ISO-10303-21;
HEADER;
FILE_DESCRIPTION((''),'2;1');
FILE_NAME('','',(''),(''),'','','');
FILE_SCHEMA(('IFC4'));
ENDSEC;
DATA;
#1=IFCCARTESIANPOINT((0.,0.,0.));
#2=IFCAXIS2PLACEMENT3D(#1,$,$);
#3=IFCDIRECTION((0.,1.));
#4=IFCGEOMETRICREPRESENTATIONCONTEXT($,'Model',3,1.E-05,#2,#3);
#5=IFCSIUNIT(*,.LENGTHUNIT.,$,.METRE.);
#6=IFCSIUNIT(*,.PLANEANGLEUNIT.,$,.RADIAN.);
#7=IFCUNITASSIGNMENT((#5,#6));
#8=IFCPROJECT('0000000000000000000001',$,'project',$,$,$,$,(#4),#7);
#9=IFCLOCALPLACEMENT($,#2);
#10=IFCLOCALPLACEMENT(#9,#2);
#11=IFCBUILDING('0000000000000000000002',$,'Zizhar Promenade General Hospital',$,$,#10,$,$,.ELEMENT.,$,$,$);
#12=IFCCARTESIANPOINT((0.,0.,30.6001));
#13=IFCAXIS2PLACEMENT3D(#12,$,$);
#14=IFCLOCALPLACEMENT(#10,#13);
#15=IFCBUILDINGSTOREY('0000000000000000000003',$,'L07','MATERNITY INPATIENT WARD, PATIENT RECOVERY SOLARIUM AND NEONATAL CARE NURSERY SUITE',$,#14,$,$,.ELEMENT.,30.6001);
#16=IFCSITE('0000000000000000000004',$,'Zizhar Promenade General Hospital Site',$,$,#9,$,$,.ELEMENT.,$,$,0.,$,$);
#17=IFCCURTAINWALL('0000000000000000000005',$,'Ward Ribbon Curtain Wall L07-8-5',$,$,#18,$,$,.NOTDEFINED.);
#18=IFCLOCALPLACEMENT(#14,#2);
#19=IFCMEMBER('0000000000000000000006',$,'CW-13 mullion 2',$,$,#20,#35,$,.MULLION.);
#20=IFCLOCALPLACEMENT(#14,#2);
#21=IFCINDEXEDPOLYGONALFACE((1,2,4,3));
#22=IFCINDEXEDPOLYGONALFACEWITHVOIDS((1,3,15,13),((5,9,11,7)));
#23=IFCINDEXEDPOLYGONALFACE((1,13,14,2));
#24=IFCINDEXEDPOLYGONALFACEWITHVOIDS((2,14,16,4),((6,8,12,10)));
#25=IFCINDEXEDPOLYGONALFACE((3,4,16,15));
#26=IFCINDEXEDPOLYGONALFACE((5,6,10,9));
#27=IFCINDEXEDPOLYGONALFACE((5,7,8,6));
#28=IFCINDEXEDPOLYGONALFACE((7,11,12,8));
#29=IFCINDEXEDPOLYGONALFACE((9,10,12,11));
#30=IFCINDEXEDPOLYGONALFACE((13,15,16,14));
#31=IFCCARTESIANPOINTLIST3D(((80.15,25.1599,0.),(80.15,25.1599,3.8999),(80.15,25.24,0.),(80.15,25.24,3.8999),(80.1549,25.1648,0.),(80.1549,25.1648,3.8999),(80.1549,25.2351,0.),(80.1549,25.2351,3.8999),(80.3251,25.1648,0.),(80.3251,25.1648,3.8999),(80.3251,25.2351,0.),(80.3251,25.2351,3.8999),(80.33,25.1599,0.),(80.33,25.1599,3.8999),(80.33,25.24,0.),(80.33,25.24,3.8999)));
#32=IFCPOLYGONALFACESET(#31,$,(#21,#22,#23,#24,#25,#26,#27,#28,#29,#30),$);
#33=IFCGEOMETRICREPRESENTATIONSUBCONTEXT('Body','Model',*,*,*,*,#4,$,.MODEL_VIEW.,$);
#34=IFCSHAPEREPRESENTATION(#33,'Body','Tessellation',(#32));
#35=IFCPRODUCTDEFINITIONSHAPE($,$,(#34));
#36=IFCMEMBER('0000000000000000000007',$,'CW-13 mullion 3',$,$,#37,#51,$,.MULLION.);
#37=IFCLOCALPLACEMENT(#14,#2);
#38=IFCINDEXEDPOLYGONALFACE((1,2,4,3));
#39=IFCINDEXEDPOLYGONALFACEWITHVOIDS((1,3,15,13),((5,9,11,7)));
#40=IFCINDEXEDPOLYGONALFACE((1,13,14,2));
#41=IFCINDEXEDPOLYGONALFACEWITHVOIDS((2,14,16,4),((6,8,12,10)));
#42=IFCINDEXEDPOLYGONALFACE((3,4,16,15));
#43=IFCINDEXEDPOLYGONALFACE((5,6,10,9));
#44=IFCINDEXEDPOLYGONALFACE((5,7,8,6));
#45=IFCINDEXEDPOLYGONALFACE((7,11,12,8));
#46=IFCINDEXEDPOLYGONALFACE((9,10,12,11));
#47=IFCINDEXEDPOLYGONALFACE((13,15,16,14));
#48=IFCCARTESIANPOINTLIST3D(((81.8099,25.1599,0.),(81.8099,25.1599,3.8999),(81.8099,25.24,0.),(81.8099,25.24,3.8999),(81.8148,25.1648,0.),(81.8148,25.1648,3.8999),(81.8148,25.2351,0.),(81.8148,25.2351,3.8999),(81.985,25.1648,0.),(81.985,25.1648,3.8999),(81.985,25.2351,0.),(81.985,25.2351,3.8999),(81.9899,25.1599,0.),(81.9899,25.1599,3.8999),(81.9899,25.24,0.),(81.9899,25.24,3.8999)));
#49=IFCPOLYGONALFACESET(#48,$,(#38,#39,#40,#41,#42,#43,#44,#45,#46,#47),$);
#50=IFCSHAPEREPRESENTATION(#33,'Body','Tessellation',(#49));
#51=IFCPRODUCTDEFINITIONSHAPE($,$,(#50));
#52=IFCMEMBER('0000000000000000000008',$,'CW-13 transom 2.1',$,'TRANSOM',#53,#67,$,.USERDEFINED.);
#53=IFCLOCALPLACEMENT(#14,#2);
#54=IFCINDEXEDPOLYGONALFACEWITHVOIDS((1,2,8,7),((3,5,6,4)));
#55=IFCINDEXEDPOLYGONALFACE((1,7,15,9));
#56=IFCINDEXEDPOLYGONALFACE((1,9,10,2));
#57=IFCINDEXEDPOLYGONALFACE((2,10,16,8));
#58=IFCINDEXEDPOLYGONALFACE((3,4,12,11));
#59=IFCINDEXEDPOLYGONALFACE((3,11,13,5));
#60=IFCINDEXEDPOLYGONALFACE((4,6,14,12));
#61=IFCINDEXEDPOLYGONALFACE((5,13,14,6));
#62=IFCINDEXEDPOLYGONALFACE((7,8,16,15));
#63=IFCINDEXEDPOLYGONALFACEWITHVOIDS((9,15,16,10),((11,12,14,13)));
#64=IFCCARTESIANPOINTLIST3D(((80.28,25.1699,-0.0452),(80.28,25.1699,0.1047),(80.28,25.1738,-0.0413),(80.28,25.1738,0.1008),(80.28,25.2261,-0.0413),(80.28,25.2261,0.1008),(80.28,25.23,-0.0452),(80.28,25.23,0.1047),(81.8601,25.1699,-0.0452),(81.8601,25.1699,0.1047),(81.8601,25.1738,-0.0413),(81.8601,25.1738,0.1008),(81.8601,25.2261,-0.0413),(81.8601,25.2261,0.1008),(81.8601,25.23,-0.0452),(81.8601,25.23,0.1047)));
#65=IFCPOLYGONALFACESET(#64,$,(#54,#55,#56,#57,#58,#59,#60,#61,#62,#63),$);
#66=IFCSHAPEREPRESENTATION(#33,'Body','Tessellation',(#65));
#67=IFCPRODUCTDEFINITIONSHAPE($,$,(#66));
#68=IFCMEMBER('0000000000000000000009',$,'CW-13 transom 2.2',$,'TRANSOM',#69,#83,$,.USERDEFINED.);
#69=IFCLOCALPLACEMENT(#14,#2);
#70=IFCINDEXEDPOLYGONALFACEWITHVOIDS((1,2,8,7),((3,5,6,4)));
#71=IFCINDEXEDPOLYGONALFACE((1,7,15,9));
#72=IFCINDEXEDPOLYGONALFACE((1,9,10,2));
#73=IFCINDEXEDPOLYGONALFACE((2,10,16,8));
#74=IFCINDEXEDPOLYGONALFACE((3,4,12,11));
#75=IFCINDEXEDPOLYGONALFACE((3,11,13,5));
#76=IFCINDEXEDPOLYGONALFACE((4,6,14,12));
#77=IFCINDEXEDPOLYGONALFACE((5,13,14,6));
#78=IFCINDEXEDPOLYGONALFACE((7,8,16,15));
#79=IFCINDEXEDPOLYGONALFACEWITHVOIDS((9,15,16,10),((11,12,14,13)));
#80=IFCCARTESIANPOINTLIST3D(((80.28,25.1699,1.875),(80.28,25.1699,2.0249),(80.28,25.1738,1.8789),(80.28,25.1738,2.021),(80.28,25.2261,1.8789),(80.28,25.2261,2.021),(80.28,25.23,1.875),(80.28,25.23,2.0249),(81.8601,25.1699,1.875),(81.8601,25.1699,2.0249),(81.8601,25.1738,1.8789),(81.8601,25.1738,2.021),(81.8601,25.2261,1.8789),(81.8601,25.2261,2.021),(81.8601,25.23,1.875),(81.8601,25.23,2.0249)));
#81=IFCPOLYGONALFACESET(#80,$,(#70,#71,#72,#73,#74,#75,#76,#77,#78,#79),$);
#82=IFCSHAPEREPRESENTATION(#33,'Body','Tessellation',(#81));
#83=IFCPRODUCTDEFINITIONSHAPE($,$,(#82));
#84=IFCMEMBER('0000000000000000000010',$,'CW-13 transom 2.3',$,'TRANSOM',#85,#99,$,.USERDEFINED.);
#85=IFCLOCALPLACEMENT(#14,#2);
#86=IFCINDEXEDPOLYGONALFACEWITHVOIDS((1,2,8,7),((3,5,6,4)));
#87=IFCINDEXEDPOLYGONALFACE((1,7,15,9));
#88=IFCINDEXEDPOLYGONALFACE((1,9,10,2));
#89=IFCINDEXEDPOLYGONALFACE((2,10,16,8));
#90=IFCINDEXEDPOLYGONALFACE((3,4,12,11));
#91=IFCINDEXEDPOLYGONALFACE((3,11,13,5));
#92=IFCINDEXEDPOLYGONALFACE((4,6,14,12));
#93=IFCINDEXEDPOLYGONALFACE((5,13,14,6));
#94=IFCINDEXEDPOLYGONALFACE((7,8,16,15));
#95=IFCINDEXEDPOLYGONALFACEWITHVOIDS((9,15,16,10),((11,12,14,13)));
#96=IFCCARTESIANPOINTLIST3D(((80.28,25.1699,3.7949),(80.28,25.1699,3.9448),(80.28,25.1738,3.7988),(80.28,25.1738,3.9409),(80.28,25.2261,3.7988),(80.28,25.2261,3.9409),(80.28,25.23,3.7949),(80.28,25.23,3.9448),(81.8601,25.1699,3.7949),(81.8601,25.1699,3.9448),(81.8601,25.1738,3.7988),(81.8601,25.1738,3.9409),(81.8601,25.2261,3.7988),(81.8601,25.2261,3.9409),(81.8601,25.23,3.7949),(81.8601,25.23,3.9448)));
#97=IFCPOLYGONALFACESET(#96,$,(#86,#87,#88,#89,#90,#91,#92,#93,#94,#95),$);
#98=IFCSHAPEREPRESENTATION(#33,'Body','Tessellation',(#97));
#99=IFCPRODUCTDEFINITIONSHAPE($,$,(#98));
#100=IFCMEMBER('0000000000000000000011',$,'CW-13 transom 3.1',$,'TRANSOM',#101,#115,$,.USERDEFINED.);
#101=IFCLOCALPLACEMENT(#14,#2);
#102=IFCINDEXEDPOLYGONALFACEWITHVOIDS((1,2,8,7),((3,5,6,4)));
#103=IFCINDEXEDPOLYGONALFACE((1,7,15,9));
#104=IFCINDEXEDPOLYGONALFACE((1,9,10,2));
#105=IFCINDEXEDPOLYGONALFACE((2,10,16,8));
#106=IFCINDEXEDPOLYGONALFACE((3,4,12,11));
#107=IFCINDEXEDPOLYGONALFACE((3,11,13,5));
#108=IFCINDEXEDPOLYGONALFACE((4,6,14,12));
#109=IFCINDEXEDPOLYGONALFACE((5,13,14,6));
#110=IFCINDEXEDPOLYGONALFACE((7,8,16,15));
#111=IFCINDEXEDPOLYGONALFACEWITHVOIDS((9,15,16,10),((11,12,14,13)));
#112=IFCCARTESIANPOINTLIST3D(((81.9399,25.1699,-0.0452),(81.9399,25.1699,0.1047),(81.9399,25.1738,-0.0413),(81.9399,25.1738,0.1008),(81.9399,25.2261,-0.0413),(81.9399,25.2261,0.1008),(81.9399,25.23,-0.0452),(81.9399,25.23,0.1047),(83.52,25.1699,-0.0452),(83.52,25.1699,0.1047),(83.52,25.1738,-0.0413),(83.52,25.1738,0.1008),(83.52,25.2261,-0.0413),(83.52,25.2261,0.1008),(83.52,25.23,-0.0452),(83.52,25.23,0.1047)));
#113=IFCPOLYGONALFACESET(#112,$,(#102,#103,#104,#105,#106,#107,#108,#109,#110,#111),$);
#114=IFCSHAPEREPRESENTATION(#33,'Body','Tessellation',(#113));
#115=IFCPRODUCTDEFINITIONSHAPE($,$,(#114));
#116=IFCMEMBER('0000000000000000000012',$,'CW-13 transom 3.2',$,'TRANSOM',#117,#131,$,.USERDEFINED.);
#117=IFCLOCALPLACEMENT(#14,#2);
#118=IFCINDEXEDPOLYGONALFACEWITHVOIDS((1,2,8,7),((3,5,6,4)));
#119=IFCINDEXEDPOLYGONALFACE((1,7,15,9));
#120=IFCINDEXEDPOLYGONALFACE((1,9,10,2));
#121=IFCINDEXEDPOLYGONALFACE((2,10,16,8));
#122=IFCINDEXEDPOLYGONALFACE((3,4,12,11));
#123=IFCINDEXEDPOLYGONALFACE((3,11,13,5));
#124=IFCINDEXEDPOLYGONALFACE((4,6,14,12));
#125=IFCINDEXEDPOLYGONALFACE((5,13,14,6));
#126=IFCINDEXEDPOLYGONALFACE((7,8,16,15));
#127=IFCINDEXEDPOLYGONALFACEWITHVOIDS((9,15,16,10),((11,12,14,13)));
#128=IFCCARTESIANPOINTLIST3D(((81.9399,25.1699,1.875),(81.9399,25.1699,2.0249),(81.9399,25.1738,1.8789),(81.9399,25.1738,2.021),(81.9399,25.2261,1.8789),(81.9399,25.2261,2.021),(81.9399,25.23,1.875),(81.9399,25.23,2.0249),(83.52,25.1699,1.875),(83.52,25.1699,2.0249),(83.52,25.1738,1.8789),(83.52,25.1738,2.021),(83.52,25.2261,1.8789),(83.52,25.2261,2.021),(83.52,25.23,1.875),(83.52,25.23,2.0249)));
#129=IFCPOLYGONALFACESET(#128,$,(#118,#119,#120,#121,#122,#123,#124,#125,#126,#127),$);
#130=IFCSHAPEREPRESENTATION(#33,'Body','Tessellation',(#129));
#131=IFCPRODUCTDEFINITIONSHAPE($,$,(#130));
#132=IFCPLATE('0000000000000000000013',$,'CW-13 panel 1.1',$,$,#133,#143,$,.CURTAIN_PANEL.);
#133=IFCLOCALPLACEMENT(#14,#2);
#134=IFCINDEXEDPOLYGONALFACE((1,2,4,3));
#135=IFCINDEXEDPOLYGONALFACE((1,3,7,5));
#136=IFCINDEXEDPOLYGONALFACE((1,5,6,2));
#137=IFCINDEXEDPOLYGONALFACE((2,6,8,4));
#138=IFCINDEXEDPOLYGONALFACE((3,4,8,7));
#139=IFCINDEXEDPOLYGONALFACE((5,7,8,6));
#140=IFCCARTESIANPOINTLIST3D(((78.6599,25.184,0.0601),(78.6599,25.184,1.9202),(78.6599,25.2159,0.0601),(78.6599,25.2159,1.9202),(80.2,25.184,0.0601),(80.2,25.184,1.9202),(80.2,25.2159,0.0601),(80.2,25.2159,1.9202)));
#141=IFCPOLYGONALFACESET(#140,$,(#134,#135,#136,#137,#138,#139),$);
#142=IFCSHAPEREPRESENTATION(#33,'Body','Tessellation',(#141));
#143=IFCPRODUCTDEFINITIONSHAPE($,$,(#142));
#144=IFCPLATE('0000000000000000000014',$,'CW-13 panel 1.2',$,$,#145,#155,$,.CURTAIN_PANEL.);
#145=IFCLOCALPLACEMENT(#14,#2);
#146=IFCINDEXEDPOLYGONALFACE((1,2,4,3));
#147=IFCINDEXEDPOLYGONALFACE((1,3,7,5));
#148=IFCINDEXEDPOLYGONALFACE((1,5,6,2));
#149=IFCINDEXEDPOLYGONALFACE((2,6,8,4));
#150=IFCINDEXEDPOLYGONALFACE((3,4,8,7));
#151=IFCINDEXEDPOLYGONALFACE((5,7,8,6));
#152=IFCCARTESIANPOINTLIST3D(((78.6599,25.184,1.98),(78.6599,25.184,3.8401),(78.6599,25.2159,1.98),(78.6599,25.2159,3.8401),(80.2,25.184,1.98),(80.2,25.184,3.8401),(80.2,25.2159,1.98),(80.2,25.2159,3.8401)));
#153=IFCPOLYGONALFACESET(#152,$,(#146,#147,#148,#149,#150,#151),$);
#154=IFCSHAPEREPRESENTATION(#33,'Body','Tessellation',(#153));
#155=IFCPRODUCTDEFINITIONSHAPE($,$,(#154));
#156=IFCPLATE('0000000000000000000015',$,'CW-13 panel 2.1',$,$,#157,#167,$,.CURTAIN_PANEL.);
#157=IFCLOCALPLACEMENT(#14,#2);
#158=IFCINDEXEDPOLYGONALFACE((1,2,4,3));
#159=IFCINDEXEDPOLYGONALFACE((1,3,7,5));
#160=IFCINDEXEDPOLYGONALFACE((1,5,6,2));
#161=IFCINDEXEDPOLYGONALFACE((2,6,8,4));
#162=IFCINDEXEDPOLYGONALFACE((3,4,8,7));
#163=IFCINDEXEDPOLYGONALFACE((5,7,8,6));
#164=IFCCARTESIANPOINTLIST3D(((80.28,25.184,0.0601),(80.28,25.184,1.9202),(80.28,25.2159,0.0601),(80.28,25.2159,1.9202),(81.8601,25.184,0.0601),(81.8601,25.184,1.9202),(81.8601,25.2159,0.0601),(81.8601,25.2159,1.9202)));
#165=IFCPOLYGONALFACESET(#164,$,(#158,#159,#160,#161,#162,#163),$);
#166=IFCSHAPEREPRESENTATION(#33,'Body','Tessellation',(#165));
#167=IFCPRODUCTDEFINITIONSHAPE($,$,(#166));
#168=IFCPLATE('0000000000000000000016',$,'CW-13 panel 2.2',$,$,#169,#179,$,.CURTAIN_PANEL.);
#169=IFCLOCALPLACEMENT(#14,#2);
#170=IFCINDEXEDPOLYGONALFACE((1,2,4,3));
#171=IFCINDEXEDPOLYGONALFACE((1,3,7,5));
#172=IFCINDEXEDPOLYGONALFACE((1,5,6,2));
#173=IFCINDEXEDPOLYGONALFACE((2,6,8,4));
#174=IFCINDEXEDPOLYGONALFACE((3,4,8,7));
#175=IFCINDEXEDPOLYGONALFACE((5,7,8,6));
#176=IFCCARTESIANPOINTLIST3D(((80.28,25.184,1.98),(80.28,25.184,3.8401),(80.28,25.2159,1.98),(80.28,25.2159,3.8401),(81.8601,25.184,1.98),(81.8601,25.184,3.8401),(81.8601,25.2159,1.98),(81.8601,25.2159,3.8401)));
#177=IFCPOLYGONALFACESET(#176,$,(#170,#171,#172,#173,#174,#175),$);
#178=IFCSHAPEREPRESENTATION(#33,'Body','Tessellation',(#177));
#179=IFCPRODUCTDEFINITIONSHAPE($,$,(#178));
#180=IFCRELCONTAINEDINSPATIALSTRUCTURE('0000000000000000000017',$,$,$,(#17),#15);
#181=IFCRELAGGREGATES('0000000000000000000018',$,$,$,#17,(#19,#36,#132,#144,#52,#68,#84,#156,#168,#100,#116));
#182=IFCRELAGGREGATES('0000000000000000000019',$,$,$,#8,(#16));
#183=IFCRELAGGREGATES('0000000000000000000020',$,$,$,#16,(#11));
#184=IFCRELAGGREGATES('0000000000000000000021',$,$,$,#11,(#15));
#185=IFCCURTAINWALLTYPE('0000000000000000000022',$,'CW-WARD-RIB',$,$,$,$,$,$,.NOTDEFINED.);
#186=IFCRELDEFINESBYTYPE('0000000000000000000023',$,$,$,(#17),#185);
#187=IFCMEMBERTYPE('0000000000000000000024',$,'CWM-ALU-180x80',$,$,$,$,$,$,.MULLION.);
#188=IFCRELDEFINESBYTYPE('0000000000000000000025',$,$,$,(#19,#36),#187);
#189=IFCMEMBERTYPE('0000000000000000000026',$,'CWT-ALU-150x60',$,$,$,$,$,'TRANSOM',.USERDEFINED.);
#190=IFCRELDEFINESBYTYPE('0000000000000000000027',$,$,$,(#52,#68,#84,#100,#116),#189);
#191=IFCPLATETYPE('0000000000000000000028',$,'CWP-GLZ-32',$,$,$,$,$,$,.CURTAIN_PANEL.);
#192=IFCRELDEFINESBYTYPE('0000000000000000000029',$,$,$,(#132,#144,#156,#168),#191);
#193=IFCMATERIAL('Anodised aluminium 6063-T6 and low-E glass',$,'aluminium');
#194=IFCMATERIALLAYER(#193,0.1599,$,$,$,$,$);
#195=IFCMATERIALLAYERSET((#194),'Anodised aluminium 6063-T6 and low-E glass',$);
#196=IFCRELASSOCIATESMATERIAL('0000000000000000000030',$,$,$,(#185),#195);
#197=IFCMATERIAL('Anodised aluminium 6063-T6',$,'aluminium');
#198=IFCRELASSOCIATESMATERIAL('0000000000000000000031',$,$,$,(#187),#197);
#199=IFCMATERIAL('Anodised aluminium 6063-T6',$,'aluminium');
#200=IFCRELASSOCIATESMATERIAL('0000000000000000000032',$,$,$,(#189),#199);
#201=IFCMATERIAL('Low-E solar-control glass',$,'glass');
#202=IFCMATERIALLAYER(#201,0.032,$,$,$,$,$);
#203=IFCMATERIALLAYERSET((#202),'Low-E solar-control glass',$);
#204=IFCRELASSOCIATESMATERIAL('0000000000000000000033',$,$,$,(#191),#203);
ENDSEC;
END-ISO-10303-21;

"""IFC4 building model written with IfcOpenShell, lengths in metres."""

from ifc_helpers import new_model, si_unit, direction, frame, origin, origin_2d, place, context, subcontext, project, spatial, rectangle, hollow_rectangle, extrude, material, layer, layer_set, material_profile, profile_set, type_object, element, aggregate, save


model = new_model("IFC4")

# Units and contexts
model_context = context("Model", 3, precision=1e-05, world=origin(), true_north=direction((0.0, 1.0)))
body_context = subcontext(model_context, "Body", "Model", "MODEL_VIEW")
ifc_project = project(units=[si_unit("LENGTHUNIT", "METRE"), si_unit("PLANEANGLEUNIT", "RADIAN")], contexts=[model_context])

# Site, building, storey
site_placement = place(None, origin())
site = spatial("IfcSite", under=ifc_project, at=site_placement, Name="Zizhar Promenade General Hospital Site", CompositionType="ELEMENT", RefElevation=0.0)
building_placement = place(site_placement, origin())
building = spatial("IfcBuilding", under=site, at=building_placement, Name="Zizhar Promenade General Hospital", CompositionType="ELEMENT")
storey_placement = place(building_placement, frame((0.0, 0.0, 30.6001)))
storey = spatial("IfcBuildingStorey", under=building, at=storey_placement, Name="L07", Description="MATERNITY INPATIENT WARD, PATIENT RECOVERY SOLARIUM AND NEONATAL CARE NURSERY SUITE", CompositionType="ELEMENT", Elevation=30.6001)

# Curtain wall, members, plates
ifc_material_1 = material(Name="Anodised aluminium 6063-T6 and low-E glass", Category="aluminium")
ifc_layer_1 = layer(ifc_material_1, 0.1599)
ifc_layer_set_1 = layer_set([ifc_layer_1], Name="Anodised aluminium 6063-T6 and low-E glass")
curtain_wall_type = type_object("IfcCurtainWallType", Name="CW-WARD-RIB", PredefinedType="NOTDEFINED", material=ifc_layer_set_1)
curtain_wall_placement = place(storey_placement, origin())
curtain_wall = element("IfcCurtainWall", 1, at=curtain_wall_placement, inside=storey, type_object=curtain_wall_type, Name="Ward Ribbon Curtain Wall L07-8-5", PredefinedType="NOTDEFINED")
ifc_material_2 = material(Name="Anodised aluminium 6063-T6", Category="aluminium")
ifc_material_profile_1 = material_profile(ifc_material_2, hollow_rectangle(XDim=0.0801, YDim=0.1799, WallThickness=0.0049, at=origin_2d()))
ifc_profile_set_1 = profile_set([ifc_material_profile_1], Name="Anodised aluminium 6063-T6")
member_type_1 = type_object("IfcMemberType", Name="CWM-ALU-180x80", PredefinedType="MULLION", material=ifc_profile_set_1)
member_1_placement = place(storey_placement, frame((80.24, 25.2, 0.0), z_axis=(0.0, 0.0, 1.0), x_axis=(0.0, 1.0, 0.0)))
member_1 = element("IfcMember", 2, at=member_1_placement, type_object=member_type_1, Name="CW-13 mullion 2", PredefinedType="MULLION", context=body_context, shape_type="SweptSolid", body=[
    extrude(hollow_rectangle(XDim=0.0801, YDim=0.1799, WallThickness=0.0049, at=origin_2d()), origin(), (0.0, 0.0, 1.0), 3.8999),
])
member_2_placement = place(storey_placement, frame((81.8999, 25.2, 0.0), z_axis=(0.0, 0.0, 1.0), x_axis=(0.0, 1.0, 0.0)))
member_2 = element("IfcMember", 3, at=member_2_placement, type_object=member_type_1, Name="CW-13 mullion 3", PredefinedType="MULLION", context=body_context, shape_type="SweptSolid", body=[
    extrude(hollow_rectangle(XDim=0.0801, YDim=0.1799, WallThickness=0.0049, at=origin_2d()), origin(), (0.0, 0.0, 1.0), 3.8999),
])
ifc_material_3 = material(Name="Anodised aluminium 6063-T6", Category="aluminium")
ifc_material_profile_2 = material_profile(ifc_material_3, hollow_rectangle(XDim=0.0601, YDim=0.1499, WallThickness=0.0039, at=origin_2d()))
ifc_profile_set_2 = profile_set([ifc_material_profile_2], Name="Anodised aluminium 6063-T6")
member_type_2 = type_object("IfcMemberType", Name="CWT-ALU-150x60", ElementType="TRANSOM", PredefinedType="USERDEFINED", material=ifc_profile_set_2)
member_3_placement = place(storey_placement, frame((80.28, 25.2, 0.0298), z_axis=(1.0, 0.0, 0.0), x_axis=(0.0, 1.0, 0.0)))
member_3 = element("IfcMember", 4, at=member_3_placement, type_object=member_type_2, Name="CW-13 transom 2.1", ObjectType="TRANSOM", PredefinedType="USERDEFINED", context=body_context, shape_type="SweptSolid", body=[
    extrude(hollow_rectangle(XDim=0.0601, YDim=0.1499, WallThickness=0.0039, at=origin_2d()), origin(), (0.0, 0.0, 1.0), 1.5801),
])
member_4_placement = place(storey_placement, frame((80.28, 25.2, 1.95), z_axis=(1.0, 0.0, 0.0), x_axis=(0.0, 1.0, 0.0)))
member_4 = element("IfcMember", 5, at=member_4_placement, type_object=member_type_2, Name="CW-13 transom 2.2", ObjectType="TRANSOM", PredefinedType="USERDEFINED", context=body_context, shape_type="SweptSolid", body=[
    extrude(hollow_rectangle(XDim=0.0601, YDim=0.1499, WallThickness=0.0039, at=origin_2d()), origin(), (0.0, 0.0, 1.0), 1.5801),
])
member_5_placement = place(storey_placement, frame((80.28, 25.2, 3.8699), z_axis=(1.0, 0.0, 0.0), x_axis=(0.0, 1.0, 0.0)))
member_5 = element("IfcMember", 6, at=member_5_placement, type_object=member_type_2, Name="CW-13 transom 2.3", ObjectType="TRANSOM", PredefinedType="USERDEFINED", context=body_context, shape_type="SweptSolid", body=[
    extrude(hollow_rectangle(XDim=0.0601, YDim=0.1499, WallThickness=0.0039, at=origin_2d()), origin(), (0.0, 0.0, 1.0), 1.5801),
])
member_6_placement = place(storey_placement, frame((81.9399, 25.2, 0.0298), z_axis=(1.0, 0.0, 0.0), x_axis=(0.0, 1.0, 0.0)))
member_6 = element("IfcMember", 7, at=member_6_placement, type_object=member_type_2, Name="CW-13 transom 3.1", ObjectType="TRANSOM", PredefinedType="USERDEFINED", context=body_context, shape_type="SweptSolid", body=[
    extrude(hollow_rectangle(XDim=0.0601, YDim=0.1499, WallThickness=0.0039, at=origin_2d()), origin(), (0.0, 0.0, 1.0), 1.5801),
])
member_7_placement = place(storey_placement, frame((81.9399, 25.2, 1.95), z_axis=(1.0, 0.0, 0.0), x_axis=(0.0, 1.0, 0.0)))
member_7 = element("IfcMember", 8, at=member_7_placement, type_object=member_type_2, Name="CW-13 transom 3.2", ObjectType="TRANSOM", PredefinedType="USERDEFINED", context=body_context, shape_type="SweptSolid", body=[
    extrude(hollow_rectangle(XDim=0.0601, YDim=0.1499, WallThickness=0.0039, at=origin_2d()), origin(), (0.0, 0.0, 1.0), 1.5801),
])
ifc_material_4 = material(Name="Low-E solar-control glass", Category="glass")
ifc_layer_2 = layer(ifc_material_4, 0.032)
ifc_layer_set_2 = layer_set([ifc_layer_2], Name="Low-E solar-control glass")
plate_type = type_object("IfcPlateType", Name="CWP-GLZ-32", PredefinedType="CURTAIN_PANEL", material=ifc_layer_set_2)
plate_1_placement = place(storey_placement, frame((79.4299, 25.2, 0.0601), z_axis=(0.0, 0.0, 1.0), x_axis=(1.0, 0.0, 0.0)))
plate_1 = element("IfcPlate", 9, at=plate_1_placement, type_object=plate_type, Name="CW-13 panel 1.1", PredefinedType="CURTAIN_PANEL", context=body_context, shape_type="SweptSolid", body=[
    extrude(rectangle(XDim=1.54, YDim=0.032, at=origin_2d()), origin(), (0.0, 0.0, 1.0), 1.8601),
])
plate_2_placement = place(storey_placement, frame((79.4299, 25.2, 1.98), z_axis=(0.0, 0.0, 1.0), x_axis=(1.0, 0.0, 0.0)))
plate_2 = element("IfcPlate", 10, at=plate_2_placement, type_object=plate_type, Name="CW-13 panel 1.2", PredefinedType="CURTAIN_PANEL", context=body_context, shape_type="SweptSolid", body=[
    extrude(rectangle(XDim=1.54, YDim=0.032, at=origin_2d()), origin(), (0.0, 0.0, 1.0), 1.8601),
])
plate_3_placement = place(storey_placement, frame((81.0701, 25.2, 0.0601), z_axis=(0.0, 0.0, 1.0), x_axis=(1.0, 0.0, 0.0)))
plate_3 = element("IfcPlate", 11, at=plate_3_placement, type_object=plate_type, Name="CW-13 panel 2.1", PredefinedType="CURTAIN_PANEL", context=body_context, shape_type="SweptSolid", body=[
    extrude(rectangle(XDim=1.5801, YDim=0.032, at=origin_2d()), origin(), (0.0, 0.0, 1.0), 1.8601),
])
plate_4_placement = place(storey_placement, frame((81.0701, 25.2, 1.98), z_axis=(0.0, 0.0, 1.0), x_axis=(1.0, 0.0, 0.0)))
plate_4 = element("IfcPlate", 12, at=plate_4_placement, type_object=plate_type, Name="CW-13 panel 2.2", PredefinedType="CURTAIN_PANEL", context=body_context, shape_type="SweptSolid", body=[
    extrude(rectangle(XDim=1.5801, YDim=0.032, at=origin_2d()), origin(), (0.0, 0.0, 1.0), 1.8601),
])
aggregate(curtain_wall, [member_1, member_2, plate_1, plate_2, member_3, member_4, member_5, plate_3, plate_4, member_6, member_7])

save(model, "model.ifc")
